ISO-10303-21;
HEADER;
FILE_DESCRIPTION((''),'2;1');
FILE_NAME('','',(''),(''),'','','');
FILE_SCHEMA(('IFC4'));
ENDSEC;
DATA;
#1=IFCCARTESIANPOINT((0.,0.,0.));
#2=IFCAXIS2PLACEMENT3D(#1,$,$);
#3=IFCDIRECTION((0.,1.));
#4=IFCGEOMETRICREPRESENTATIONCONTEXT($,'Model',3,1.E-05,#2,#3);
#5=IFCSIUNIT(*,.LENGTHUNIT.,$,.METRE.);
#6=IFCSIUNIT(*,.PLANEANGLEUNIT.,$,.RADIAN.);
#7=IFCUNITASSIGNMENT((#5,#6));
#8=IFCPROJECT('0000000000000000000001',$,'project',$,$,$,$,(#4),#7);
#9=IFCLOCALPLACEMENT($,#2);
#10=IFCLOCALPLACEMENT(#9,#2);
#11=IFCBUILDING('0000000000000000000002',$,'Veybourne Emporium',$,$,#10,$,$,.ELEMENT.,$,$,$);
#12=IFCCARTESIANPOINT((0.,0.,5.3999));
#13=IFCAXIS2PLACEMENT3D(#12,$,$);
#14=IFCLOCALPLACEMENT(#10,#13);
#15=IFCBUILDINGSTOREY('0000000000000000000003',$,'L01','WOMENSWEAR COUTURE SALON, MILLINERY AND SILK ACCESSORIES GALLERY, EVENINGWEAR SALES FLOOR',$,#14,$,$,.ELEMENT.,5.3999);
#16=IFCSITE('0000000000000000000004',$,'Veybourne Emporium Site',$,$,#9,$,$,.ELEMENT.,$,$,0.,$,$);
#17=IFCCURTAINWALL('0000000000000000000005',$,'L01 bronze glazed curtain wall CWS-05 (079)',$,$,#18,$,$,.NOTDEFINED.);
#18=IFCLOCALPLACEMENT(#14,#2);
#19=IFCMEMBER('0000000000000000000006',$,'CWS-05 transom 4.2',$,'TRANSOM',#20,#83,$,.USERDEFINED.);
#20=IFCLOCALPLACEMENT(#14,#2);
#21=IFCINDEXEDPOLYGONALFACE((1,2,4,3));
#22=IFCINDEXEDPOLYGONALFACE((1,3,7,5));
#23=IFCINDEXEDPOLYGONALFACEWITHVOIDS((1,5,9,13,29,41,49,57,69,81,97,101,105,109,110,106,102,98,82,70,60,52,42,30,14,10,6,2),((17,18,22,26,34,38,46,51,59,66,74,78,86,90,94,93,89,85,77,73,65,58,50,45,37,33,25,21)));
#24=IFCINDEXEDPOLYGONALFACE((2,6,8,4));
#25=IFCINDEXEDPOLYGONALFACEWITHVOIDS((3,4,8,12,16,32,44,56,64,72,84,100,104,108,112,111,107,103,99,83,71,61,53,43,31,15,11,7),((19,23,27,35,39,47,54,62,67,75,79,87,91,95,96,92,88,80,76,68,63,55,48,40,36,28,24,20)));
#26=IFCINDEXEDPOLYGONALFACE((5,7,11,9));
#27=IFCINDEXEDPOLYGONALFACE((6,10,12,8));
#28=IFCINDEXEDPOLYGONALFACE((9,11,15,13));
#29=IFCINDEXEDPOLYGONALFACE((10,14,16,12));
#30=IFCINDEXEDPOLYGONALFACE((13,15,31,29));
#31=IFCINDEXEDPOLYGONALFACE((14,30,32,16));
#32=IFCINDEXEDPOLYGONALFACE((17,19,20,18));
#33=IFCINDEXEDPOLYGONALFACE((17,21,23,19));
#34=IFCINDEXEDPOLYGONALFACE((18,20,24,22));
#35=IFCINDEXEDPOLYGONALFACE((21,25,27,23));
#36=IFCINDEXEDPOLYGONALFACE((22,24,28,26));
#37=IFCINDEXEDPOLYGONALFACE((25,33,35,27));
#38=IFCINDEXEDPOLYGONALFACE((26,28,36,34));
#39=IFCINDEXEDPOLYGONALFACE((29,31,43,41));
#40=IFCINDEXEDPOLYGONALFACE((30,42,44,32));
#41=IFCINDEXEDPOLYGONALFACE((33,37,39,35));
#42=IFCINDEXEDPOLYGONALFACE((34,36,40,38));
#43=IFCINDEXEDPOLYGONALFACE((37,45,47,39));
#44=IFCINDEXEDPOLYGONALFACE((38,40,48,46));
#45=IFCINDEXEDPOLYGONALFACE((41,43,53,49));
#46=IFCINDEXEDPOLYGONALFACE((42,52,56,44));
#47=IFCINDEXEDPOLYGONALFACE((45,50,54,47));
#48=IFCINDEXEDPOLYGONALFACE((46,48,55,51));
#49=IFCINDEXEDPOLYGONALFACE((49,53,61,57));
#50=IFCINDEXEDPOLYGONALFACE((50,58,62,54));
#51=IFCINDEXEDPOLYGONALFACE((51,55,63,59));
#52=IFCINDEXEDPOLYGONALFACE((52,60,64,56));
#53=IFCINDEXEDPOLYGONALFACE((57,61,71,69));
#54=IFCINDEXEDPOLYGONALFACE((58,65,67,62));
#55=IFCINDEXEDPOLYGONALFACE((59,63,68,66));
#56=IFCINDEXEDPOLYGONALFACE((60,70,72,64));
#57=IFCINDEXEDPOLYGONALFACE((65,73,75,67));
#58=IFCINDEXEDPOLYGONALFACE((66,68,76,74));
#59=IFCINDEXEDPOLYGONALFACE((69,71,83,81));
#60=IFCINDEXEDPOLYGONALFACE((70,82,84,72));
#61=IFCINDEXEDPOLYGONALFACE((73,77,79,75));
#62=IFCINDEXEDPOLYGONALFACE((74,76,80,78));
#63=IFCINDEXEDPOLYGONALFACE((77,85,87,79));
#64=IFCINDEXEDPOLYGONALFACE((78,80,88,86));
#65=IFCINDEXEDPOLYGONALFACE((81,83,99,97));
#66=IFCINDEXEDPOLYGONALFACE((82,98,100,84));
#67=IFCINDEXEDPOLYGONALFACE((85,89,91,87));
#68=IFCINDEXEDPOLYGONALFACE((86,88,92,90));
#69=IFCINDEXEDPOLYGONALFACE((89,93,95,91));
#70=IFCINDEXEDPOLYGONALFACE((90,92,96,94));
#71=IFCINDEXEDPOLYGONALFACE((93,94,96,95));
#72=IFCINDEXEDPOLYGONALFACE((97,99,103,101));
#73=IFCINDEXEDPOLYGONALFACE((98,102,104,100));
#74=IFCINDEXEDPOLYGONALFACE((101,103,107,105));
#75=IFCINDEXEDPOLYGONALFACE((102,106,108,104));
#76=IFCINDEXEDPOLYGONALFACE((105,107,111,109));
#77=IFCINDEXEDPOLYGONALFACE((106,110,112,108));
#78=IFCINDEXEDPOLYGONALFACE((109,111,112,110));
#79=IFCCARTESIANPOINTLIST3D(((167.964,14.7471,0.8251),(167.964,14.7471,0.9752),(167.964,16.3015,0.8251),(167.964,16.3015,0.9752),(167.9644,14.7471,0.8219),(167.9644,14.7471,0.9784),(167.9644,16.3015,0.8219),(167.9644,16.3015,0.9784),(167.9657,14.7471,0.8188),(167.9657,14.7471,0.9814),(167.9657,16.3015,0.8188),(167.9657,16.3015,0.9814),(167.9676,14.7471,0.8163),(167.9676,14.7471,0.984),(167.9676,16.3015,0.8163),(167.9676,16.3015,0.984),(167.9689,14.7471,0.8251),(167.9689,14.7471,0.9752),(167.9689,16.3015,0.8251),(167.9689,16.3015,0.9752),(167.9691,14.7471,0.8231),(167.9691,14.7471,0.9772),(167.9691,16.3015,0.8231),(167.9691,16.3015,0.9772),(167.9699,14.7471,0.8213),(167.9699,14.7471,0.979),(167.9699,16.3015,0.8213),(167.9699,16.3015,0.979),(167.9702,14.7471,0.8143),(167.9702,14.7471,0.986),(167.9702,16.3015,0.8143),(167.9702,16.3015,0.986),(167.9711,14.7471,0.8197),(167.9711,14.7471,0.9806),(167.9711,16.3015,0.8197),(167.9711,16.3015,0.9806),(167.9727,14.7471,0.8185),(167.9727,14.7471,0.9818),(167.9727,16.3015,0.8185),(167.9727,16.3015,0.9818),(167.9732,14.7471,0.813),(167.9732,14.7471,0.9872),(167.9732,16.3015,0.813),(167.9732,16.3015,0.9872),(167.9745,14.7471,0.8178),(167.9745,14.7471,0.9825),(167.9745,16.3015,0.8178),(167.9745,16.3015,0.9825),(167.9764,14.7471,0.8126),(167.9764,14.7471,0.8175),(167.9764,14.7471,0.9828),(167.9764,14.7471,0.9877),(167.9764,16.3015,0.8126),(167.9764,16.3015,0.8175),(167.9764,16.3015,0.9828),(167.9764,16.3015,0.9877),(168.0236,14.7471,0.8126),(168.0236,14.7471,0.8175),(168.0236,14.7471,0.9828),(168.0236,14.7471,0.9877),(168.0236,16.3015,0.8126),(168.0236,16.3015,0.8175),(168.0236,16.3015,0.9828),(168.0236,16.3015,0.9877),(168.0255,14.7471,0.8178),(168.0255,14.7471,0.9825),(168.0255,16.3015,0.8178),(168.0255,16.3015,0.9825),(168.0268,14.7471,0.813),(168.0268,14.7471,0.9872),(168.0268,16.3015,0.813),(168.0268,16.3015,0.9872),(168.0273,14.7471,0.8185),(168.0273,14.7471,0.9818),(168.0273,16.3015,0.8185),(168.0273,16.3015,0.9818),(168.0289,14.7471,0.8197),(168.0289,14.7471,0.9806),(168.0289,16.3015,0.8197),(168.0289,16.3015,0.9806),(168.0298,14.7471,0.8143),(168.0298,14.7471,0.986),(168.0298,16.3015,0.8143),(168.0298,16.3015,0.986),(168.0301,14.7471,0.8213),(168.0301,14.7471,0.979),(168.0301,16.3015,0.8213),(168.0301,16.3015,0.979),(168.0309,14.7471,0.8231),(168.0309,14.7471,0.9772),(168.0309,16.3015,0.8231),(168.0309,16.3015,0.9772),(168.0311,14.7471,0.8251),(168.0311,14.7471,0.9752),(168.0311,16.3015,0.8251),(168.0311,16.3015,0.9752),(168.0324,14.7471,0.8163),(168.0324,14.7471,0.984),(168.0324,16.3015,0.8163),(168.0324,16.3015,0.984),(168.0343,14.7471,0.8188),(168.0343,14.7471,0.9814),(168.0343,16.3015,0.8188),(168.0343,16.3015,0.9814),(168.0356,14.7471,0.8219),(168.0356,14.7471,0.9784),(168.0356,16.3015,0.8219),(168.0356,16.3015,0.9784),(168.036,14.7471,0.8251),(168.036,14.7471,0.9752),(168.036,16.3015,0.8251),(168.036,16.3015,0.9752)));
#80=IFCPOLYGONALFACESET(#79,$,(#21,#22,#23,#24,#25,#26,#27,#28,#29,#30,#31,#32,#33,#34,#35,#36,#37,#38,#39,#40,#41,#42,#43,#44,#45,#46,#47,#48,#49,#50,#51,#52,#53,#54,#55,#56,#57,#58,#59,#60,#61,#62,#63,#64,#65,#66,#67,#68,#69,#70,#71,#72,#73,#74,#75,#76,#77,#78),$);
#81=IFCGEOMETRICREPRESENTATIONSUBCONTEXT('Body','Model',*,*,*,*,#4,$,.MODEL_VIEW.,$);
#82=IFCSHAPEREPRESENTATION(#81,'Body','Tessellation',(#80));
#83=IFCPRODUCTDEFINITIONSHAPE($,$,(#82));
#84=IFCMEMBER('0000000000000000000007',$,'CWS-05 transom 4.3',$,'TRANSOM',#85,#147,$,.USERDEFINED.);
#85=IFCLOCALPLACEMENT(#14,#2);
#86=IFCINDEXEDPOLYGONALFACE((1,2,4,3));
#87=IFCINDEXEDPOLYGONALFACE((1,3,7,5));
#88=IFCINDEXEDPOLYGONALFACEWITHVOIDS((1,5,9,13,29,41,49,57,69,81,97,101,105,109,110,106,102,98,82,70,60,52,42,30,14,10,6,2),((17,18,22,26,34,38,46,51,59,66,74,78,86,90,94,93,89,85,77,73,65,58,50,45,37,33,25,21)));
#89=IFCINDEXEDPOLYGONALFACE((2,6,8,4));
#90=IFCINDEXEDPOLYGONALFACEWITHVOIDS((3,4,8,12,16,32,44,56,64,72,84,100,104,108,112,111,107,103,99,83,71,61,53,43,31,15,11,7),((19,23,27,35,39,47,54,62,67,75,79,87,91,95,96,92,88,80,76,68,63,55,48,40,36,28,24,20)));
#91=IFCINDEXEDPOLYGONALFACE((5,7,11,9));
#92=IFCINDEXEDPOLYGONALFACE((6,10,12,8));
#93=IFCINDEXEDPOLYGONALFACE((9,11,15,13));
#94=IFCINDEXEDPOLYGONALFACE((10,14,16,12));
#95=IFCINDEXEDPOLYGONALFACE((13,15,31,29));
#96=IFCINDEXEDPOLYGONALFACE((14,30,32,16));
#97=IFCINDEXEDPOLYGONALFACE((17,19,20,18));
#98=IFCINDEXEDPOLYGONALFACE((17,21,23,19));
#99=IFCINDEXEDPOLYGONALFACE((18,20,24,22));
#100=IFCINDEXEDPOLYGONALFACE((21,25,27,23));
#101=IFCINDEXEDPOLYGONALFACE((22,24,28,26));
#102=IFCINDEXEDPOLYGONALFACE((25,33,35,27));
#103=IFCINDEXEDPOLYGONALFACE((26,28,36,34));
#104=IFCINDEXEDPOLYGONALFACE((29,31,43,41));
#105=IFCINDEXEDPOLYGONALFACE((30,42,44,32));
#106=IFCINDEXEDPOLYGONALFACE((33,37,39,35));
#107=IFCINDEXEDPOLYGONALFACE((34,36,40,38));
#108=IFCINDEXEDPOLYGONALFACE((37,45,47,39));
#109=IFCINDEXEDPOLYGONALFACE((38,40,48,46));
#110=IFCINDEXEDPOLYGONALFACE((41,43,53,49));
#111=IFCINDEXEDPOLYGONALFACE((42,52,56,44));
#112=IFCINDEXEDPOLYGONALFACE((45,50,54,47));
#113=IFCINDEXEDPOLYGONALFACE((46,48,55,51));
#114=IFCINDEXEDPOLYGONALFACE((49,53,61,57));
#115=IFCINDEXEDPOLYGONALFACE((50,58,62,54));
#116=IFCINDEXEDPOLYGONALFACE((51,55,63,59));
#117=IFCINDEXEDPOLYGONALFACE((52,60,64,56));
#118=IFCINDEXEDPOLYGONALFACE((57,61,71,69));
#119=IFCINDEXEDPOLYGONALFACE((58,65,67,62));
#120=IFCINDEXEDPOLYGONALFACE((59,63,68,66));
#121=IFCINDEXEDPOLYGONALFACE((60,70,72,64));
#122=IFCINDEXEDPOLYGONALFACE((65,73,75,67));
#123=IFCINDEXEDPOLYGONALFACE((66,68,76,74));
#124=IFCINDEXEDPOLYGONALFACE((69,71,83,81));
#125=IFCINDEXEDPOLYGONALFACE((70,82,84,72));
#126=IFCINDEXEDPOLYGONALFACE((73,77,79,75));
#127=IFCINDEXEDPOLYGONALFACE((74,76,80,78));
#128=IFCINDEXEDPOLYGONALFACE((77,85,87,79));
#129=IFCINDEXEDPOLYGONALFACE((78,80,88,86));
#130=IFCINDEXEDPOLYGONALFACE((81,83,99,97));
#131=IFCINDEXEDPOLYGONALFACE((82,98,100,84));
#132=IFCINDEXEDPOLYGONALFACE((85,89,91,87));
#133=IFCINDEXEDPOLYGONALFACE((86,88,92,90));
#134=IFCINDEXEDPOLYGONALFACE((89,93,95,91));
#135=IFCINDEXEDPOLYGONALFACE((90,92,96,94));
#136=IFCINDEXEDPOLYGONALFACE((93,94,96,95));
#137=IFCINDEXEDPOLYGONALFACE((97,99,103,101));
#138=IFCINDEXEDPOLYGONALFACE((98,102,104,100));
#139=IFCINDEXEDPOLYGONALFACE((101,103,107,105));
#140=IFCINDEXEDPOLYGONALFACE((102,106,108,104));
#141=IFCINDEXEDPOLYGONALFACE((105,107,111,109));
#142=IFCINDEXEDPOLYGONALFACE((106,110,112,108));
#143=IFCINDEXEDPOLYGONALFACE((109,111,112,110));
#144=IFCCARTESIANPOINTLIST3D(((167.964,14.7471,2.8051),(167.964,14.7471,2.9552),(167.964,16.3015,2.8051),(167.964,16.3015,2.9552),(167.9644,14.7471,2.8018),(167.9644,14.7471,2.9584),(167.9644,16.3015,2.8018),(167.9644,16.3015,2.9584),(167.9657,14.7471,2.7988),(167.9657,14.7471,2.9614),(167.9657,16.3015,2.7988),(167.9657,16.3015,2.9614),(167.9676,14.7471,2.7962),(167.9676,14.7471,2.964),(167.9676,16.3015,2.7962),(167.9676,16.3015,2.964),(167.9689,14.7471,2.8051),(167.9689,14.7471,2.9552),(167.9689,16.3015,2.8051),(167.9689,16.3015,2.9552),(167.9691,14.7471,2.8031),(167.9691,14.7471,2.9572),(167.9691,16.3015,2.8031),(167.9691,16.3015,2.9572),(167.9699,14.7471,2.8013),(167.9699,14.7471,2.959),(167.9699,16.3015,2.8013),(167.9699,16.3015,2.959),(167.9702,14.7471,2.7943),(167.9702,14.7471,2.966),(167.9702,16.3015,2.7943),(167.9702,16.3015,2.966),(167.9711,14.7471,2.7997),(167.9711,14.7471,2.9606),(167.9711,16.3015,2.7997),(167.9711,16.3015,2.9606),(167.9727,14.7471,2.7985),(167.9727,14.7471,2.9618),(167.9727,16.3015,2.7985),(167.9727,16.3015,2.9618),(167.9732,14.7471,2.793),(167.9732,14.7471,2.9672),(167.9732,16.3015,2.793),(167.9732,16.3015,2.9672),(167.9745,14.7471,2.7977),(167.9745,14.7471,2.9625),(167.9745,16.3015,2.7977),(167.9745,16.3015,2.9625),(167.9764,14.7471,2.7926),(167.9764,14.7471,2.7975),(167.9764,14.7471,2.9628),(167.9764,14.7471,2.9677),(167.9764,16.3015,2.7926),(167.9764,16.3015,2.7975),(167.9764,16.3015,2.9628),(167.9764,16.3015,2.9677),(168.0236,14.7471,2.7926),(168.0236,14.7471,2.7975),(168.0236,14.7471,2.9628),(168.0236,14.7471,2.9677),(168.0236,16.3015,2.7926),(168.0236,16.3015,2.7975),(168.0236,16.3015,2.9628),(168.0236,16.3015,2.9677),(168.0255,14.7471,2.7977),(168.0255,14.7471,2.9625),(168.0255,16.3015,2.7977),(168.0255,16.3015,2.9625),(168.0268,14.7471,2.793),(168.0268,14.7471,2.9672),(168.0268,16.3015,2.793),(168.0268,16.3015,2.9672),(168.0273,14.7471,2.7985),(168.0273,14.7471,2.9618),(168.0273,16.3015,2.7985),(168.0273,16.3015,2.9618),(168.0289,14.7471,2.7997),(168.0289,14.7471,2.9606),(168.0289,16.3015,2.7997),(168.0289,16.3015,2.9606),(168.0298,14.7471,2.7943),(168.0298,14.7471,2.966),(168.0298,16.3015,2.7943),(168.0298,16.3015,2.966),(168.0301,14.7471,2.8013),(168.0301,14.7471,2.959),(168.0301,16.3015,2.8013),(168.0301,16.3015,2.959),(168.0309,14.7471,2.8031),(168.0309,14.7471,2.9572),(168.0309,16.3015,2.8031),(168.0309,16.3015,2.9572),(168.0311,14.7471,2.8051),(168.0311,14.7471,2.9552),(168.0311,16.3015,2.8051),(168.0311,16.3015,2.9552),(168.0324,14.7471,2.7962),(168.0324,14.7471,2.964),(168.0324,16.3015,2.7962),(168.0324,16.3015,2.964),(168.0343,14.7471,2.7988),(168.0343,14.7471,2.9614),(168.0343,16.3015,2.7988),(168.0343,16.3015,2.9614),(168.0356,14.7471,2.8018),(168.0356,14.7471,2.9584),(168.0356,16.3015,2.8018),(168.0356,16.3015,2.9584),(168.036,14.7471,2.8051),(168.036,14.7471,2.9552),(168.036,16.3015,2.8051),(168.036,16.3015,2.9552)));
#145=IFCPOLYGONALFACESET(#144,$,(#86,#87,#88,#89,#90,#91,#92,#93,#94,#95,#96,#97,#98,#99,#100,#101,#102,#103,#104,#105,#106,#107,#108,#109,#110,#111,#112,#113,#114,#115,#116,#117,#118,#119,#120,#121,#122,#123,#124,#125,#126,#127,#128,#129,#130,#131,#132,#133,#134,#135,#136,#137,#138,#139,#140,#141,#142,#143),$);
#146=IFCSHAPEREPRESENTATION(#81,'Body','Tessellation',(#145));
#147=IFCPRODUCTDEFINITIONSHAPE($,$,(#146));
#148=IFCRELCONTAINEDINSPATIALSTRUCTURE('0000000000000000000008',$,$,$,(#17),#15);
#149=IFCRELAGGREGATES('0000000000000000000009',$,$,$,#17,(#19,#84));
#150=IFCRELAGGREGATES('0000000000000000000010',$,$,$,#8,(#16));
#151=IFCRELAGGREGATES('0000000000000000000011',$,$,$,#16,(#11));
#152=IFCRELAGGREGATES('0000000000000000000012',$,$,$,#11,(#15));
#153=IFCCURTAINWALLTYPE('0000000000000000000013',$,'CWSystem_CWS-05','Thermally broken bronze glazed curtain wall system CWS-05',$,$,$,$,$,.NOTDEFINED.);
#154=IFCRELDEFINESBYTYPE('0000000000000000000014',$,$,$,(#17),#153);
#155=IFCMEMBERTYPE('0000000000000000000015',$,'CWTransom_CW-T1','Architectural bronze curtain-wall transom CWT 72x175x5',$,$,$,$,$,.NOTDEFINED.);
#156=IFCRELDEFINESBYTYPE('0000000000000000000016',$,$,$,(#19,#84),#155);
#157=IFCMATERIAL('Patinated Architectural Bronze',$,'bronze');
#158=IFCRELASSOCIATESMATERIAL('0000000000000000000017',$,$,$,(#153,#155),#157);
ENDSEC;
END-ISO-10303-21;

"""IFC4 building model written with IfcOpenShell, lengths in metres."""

from ifc_helpers import new_model, si_unit, direction, frame, origin, origin_2d, place, context, subcontext, project, spatial, hollow_rectangle, extrude, material, material_profile, profile_set, type_object, element, aggregate, save


model = new_model("IFC4")

# Units and contexts
model_context = context("Model", 3, precision=1e-05, world=origin(), true_north=direction((0.0, 1.0)))
body_context = subcontext(model_context, "Body", "Model", "MODEL_VIEW")
ifc_project = project(units=[si_unit("LENGTHUNIT", "METRE"), si_unit("PLANEANGLEUNIT", "RADIAN")], contexts=[model_context])

# Site, building, storey
site_placement = place(None, origin())
site = spatial("IfcSite", under=ifc_project, at=site_placement, Name="Veybourne Emporium Site", CompositionType="ELEMENT", RefElevation=0.0)
building_placement = place(site_placement, origin())
building = spatial("IfcBuilding", under=site, at=building_placement, Name="Veybourne Emporium", CompositionType="ELEMENT")
storey_placement = place(building_placement, frame((0.0, 0.0, 5.3999)))
storey = spatial("IfcBuildingStorey", under=building, at=storey_placement, Name="L01", Description="WOMENSWEAR COUTURE SALON, MILLINERY AND SILK ACCESSORIES GALLERY, EVENINGWEAR SALES FLOOR", CompositionType="ELEMENT", Elevation=5.3999)

# Curtain wall
ifc_material_1 = material(Name="Patinated Architectural Bronze", Category="bronze")
curtain_wall_type_1 = type_object("IfcCurtainWallType", Name="CWSystem_CWS-05", Description="Thermally broken bronze glazed curtain wall system CWS-05", PredefinedType="NOTDEFINED", material=ifc_material_1)
curtain_wall_1_placement = place(storey_placement, origin())
curtain_wall_1 = element("IfcCurtainWall", 1, at=curtain_wall_1_placement, inside=storey, type_object=curtain_wall_type_1, Name="L01 bronze glazed curtain wall CWS-05 (079)", PredefinedType="NOTDEFINED")

# Members
ifc_material_profile_1 = material_profile(ifc_material_1, hollow_rectangle(XDim=0.072, YDim=0.175, WallThickness=0.0049, InnerFilletRadius=0.0076, OuterFilletRadius=0.0125, at=origin_2d()), Name="CWT 72x175x5")
ifc_profile_set_1 = profile_set([ifc_material_profile_1], Name="Patinated Architectural Bronze")
member_type_1 = type_object("IfcMemberType", Name="CWTransom_CW-T1", Description="Architectural bronze curtain-wall transom CWT 72x175x5", PredefinedType="NOTDEFINED", material=ifc_profile_set_1)
member_1_placement = place(storey_placement, frame((168.0, 16.3015, 0.9001), z_axis=(0.0, -1.0, 0.0), x_axis=(1.0, 0.0, 0.0)))
member_1 = element("IfcMember", 2, at=member_1_placement, type_object=member_type_1, Name="CWS-05 transom 4.2", ObjectType="TRANSOM", PredefinedType="USERDEFINED", context=body_context, shape_type="SweptSolid", body=[
    extrude(hollow_rectangle(XDim=0.072, YDim=0.175, WallThickness=0.0049, InnerFilletRadius=0.0076, OuterFilletRadius=0.0125, at=origin_2d()), origin(), (0.0, 0.0, 1.0), 1.5544),
])
member_2_placement = place(storey_placement, frame((168.0, 16.3015, 2.8801), z_axis=(0.0, -1.0, 0.0), x_axis=(1.0, 0.0, 0.0)))
member_2 = element("IfcMember", 3, at=member_2_placement, type_object=member_type_1, Name="CWS-05 transom 4.3", ObjectType="TRANSOM", PredefinedType="USERDEFINED", context=body_context, shape_type="SweptSolid", body=[
    extrude(hollow_rectangle(XDim=0.072, YDim=0.175, WallThickness=0.0049, InnerFilletRadius=0.0076, OuterFilletRadius=0.0125, at=origin_2d()), origin(), (0.0, 0.0, 1.0), 1.5544),
])

aggregate(curtain_wall_1, [member_1, member_2])

save(model, "model.ifc")
